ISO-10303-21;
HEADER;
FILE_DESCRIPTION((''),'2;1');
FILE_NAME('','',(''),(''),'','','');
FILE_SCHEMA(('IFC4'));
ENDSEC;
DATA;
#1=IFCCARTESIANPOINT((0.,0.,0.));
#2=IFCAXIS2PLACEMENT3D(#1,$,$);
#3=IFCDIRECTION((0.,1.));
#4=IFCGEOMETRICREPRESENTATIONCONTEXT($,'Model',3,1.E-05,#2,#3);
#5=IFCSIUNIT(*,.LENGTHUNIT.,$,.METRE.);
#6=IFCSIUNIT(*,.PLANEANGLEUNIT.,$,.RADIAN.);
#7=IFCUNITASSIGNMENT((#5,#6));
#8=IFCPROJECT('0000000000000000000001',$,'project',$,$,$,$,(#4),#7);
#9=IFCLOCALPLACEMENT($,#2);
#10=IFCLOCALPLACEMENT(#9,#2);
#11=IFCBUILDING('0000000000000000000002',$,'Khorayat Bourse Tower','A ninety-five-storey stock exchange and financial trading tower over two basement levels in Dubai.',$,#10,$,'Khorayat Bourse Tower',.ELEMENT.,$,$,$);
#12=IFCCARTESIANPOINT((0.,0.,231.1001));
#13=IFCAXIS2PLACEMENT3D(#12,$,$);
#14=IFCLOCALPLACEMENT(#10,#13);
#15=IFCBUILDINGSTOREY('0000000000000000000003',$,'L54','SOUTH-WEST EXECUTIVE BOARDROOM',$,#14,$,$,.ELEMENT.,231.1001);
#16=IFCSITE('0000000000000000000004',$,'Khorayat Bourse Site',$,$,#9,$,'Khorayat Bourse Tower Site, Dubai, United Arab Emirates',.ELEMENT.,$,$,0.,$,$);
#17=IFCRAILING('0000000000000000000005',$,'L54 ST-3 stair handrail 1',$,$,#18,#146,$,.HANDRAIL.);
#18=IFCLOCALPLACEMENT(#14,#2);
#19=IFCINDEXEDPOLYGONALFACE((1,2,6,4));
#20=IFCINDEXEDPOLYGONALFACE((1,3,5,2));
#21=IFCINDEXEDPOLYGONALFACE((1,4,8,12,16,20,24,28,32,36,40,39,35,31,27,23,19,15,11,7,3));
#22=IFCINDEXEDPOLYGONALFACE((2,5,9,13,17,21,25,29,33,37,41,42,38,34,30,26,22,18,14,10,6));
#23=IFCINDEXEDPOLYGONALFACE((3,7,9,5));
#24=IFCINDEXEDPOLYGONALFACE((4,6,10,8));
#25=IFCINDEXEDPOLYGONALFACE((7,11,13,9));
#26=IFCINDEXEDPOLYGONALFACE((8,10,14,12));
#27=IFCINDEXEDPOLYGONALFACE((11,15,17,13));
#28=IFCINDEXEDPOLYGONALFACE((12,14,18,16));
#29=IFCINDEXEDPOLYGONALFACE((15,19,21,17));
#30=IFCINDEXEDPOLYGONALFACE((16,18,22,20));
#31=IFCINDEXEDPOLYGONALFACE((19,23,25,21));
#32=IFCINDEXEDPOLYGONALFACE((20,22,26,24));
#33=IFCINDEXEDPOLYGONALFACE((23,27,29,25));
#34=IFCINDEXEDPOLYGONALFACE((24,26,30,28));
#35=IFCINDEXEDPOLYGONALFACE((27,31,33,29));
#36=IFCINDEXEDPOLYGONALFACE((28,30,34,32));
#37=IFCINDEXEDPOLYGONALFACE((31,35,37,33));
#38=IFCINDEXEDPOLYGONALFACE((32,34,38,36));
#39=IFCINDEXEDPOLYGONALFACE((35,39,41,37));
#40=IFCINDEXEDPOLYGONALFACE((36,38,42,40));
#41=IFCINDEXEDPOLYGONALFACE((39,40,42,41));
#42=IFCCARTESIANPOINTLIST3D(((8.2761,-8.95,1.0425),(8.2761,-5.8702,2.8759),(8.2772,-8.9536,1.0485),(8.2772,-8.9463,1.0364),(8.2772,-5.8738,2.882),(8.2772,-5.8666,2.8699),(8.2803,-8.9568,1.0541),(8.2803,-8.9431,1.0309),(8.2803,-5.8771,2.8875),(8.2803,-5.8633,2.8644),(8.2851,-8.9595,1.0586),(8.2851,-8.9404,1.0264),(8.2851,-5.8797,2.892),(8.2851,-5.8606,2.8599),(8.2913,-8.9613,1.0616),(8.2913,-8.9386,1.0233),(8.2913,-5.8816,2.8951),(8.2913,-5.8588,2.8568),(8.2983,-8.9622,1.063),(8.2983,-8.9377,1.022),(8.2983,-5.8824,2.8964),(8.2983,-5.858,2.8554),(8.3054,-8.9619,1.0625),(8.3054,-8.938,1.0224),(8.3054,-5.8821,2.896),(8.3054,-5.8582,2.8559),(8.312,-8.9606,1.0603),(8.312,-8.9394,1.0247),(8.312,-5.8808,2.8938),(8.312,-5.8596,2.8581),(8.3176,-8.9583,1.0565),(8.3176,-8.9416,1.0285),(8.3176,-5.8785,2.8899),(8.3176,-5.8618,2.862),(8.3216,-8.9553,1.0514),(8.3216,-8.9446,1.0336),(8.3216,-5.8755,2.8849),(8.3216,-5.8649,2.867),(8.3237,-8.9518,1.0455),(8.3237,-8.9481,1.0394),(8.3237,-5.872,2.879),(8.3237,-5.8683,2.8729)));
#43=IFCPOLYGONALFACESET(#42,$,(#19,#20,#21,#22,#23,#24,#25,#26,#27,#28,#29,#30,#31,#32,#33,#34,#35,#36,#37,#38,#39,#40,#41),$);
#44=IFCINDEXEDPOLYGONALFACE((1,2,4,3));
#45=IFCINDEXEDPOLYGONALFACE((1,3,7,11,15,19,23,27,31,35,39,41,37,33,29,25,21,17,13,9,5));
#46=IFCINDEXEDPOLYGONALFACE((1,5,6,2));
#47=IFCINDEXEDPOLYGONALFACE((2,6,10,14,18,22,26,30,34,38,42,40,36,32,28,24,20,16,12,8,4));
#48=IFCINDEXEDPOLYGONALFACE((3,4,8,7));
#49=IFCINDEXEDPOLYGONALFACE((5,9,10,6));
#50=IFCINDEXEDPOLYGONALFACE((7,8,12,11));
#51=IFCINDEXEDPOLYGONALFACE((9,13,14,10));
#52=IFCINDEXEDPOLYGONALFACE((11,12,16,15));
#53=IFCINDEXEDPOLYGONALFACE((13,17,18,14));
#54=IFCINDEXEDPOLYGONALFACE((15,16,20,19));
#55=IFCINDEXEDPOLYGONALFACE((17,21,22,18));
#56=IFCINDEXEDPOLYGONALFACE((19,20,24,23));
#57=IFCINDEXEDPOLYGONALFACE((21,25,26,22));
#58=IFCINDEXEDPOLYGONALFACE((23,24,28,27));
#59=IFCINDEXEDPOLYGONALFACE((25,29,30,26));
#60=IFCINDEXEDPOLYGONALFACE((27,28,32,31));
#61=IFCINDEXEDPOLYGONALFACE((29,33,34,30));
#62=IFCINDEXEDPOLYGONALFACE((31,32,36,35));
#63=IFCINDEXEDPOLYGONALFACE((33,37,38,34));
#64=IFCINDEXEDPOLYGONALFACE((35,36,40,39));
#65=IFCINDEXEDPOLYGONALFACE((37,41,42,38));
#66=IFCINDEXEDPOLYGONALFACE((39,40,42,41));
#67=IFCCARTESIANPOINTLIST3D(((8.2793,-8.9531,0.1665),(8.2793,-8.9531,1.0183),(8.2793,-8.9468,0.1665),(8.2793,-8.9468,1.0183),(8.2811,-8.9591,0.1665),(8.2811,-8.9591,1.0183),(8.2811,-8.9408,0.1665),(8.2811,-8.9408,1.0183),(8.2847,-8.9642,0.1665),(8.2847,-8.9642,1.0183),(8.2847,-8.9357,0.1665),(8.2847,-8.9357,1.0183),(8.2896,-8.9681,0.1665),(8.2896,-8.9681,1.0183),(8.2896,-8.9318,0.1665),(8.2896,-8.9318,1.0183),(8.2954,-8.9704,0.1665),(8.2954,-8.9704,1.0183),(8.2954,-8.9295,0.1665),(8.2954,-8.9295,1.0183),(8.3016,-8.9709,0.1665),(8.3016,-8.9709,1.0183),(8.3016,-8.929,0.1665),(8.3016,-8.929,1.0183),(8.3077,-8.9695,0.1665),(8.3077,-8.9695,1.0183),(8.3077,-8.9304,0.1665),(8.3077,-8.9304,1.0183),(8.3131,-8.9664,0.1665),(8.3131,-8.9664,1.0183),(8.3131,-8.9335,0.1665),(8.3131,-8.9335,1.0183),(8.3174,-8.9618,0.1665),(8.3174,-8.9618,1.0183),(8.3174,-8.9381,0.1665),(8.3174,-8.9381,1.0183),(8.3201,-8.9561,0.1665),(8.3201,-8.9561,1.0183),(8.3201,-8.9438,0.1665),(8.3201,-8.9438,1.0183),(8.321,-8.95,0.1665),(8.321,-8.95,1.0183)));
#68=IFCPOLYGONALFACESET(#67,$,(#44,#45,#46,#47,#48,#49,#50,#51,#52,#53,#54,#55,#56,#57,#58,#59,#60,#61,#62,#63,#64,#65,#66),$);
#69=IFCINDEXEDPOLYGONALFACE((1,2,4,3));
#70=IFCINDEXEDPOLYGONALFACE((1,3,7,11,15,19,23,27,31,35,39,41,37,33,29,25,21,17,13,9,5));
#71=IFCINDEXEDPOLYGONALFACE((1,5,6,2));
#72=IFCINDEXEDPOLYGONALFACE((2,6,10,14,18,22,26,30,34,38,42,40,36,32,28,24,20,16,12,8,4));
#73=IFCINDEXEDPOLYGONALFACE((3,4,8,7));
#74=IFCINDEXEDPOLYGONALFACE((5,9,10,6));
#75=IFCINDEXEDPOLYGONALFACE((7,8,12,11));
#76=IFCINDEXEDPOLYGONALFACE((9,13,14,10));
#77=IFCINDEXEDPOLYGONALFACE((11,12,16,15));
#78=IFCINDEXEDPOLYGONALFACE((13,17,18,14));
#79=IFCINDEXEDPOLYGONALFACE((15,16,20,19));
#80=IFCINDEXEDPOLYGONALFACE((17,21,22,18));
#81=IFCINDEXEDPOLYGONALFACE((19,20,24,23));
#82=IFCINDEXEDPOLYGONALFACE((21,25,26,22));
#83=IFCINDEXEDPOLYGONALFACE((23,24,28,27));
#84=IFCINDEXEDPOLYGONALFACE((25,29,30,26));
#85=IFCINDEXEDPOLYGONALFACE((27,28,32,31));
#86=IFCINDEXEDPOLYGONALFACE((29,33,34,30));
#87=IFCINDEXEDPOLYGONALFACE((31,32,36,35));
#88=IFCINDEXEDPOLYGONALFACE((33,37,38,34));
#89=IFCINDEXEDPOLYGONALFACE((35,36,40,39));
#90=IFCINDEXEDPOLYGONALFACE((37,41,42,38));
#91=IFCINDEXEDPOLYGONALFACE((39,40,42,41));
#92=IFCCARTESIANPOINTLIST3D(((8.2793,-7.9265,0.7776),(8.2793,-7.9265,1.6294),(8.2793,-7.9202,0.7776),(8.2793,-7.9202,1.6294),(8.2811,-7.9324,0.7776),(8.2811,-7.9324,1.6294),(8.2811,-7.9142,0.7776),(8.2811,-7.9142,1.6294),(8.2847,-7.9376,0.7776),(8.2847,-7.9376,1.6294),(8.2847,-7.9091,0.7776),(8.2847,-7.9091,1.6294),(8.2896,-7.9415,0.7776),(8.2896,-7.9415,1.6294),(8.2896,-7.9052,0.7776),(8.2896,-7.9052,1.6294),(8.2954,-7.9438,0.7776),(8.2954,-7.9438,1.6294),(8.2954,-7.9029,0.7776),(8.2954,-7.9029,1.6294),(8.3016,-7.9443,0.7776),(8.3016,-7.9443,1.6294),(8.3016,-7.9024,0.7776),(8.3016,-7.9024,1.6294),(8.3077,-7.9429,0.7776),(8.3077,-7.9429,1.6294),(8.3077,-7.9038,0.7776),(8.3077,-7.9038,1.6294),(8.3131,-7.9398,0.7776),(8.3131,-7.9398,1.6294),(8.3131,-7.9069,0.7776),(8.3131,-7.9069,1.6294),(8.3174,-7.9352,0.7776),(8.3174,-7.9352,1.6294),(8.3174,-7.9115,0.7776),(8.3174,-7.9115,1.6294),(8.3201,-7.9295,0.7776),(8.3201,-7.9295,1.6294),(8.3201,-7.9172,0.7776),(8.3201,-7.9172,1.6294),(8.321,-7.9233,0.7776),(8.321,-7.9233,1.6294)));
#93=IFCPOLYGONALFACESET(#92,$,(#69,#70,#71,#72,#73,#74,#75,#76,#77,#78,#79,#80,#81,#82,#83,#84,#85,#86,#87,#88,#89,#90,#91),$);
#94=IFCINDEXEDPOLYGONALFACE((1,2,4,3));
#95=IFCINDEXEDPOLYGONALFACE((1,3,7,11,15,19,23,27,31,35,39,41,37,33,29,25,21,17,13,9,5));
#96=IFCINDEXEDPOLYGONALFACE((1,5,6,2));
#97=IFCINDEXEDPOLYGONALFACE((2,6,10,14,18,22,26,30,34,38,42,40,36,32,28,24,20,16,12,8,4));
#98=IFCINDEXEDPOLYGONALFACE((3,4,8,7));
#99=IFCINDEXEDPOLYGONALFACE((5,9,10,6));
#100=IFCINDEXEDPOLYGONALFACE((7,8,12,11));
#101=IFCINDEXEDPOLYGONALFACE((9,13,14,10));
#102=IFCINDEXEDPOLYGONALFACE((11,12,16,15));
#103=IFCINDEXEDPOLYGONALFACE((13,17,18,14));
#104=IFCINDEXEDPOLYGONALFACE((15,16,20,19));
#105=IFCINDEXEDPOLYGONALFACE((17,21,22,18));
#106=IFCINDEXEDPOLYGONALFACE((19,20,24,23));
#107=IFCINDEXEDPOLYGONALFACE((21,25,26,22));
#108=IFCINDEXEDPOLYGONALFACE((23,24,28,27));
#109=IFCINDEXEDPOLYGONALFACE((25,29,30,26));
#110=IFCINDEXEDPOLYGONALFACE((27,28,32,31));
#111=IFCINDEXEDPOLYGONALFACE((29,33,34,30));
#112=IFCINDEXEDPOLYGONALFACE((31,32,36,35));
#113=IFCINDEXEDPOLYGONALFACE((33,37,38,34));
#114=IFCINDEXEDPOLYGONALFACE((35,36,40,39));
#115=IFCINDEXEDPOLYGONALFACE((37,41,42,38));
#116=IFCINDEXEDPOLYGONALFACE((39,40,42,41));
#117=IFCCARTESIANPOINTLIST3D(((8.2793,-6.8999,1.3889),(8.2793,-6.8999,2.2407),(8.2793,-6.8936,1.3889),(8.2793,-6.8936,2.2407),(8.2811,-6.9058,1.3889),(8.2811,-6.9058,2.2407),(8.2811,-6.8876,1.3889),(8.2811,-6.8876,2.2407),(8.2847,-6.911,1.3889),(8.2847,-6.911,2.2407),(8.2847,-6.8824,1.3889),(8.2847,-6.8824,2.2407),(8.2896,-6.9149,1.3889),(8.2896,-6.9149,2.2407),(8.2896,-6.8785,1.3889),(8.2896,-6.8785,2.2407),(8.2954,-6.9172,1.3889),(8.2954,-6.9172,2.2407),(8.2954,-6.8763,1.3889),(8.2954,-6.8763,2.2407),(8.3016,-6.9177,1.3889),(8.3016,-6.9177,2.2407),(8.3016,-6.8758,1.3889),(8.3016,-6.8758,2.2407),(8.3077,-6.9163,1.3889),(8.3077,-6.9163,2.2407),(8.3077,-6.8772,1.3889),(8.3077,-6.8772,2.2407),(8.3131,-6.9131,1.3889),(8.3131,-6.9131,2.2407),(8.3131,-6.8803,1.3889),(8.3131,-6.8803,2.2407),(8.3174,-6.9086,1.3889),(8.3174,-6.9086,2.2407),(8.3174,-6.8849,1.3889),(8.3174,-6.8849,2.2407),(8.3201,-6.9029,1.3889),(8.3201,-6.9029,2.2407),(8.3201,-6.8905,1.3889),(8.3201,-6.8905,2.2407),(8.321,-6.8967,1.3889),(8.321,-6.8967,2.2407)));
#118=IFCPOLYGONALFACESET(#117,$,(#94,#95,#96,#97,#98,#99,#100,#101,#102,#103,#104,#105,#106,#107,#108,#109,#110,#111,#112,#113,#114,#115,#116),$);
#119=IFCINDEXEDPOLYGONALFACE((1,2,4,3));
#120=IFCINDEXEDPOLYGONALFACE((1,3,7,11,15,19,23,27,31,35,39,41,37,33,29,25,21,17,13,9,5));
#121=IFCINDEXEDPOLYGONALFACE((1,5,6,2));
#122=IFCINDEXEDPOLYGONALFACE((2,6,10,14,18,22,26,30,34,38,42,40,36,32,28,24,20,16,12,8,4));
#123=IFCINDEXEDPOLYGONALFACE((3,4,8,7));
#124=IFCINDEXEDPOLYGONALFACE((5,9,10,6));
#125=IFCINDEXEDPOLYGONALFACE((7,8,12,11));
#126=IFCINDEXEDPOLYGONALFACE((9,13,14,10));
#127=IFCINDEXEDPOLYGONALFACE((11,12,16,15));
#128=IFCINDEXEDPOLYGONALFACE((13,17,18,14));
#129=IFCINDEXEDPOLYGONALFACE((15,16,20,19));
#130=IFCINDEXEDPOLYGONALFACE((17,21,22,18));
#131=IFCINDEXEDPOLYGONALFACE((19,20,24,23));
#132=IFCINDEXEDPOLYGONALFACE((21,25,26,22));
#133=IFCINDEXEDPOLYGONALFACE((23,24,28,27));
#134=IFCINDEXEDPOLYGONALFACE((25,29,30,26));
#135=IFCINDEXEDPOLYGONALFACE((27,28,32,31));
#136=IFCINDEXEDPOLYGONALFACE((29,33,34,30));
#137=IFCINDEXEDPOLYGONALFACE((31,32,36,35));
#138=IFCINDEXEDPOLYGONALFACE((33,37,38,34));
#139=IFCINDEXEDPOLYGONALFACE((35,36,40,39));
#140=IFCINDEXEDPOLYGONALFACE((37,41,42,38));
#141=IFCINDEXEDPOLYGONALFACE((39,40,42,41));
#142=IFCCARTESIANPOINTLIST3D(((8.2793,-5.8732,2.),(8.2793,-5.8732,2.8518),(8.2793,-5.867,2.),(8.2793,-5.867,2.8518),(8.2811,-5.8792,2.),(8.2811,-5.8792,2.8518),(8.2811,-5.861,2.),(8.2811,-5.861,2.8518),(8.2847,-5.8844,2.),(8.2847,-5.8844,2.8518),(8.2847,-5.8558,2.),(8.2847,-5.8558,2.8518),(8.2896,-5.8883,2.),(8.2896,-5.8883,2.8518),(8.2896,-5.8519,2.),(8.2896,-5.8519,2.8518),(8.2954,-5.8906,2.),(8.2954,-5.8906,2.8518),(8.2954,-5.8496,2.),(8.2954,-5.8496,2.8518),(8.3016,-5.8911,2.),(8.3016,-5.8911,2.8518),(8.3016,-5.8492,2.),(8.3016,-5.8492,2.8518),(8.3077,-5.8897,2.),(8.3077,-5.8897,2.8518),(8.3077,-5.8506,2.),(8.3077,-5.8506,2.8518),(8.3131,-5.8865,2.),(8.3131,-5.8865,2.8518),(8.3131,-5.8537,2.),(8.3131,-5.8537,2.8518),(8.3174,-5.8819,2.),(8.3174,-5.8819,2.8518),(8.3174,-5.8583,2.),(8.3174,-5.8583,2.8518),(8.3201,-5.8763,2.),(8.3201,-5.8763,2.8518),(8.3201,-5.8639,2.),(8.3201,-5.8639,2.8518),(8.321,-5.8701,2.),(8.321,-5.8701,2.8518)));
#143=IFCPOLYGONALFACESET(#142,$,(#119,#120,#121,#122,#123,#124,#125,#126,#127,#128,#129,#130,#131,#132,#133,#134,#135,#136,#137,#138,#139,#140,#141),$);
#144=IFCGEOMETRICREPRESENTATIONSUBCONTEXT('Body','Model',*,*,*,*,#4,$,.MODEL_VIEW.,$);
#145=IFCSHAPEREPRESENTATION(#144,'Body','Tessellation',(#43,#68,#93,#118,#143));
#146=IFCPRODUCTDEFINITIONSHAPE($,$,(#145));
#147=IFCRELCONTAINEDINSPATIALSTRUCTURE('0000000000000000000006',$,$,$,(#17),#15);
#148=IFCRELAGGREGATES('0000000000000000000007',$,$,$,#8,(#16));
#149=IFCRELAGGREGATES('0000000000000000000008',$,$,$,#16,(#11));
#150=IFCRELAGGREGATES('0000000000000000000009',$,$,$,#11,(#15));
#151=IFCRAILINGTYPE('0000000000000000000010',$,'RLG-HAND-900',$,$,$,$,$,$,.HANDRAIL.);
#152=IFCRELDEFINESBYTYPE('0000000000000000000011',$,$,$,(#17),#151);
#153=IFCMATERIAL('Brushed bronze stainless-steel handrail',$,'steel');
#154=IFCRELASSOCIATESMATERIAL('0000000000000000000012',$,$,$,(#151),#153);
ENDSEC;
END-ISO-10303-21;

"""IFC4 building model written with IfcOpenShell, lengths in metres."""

from ifc_helpers import new_model, si_unit, direction, frame, origin, origin_2d, place, context, subcontext, project, spatial, circle, extrude, source, transform, mapped, material, type_object, element, save


model = new_model("IFC4")

# Units and contexts
model_context = context("Model", 3, precision=1e-05, world=origin(), true_north=direction((0.0, 1.0)))
body_context = subcontext(model_context, "Body", "Model", "MODEL_VIEW")
ifc_project = project(units=[si_unit("LENGTHUNIT", "METRE"), si_unit("PLANEANGLEUNIT", "RADIAN")], contexts=[model_context])

# Site, building, storey
site_placement = place(None, origin())
site = spatial("IfcSite", under=ifc_project, at=site_placement, Name="Khorayat Bourse Site", LongName="Khorayat Bourse Tower Site, Dubai, United Arab Emirates", CompositionType="ELEMENT", RefElevation=0.0)
building_placement = place(site_placement, origin())
building = spatial("IfcBuilding", under=site, at=building_placement, Name="Khorayat Bourse Tower", Description="A ninety-five-storey stock exchange and financial trading tower over two basement levels in Dubai.", LongName="Khorayat Bourse Tower", CompositionType="ELEMENT")
storey_placement = place(building_placement, frame((0.0, 0.0, 231.1001)))
storey = spatial("IfcBuildingStorey", under=building, at=storey_placement, Name="L54", Description="SOUTH-WEST EXECUTIVE BOARDROOM", CompositionType="ELEMENT", Elevation=231.1001)

# Railing
ifc_material_1 = material(Name="Brushed bronze stainless-steel handrail", Category="steel")
railing_type_1 = type_object("IfcRailingType", Name="RLG-HAND-900", PredefinedType="HANDRAIL", material=ifc_material_1)
shared_shape_1 = source(origin(), body_context, "Body", "SweptSolid", [
    extrude(circle(Radius=0.0239, at=origin_2d()), frame((0.0, 0.0, 0.876), z_axis=(0.0, 0.859261, 0.511538), x_axis=(-1.0, 0.0, 0.0)), (0.0, 0.0, 1.0), 3.5842),
    extrude(circle(Radius=0.021, at=origin_2d()), origin(), (0.0, 0.0, 1.0), 0.8518),
    extrude(circle(Radius=0.021, at=origin_2d()), frame((0.0, 1.0266, 0.6111)), (0.0, 0.0, 1.0), 0.8518),
    extrude(circle(Radius=0.021, at=origin_2d()), frame((0.0, 2.0532, 1.2224)), (0.0, 0.0, 1.0), 0.8518),
    extrude(circle(Radius=0.021, at=origin_2d()), frame((0.0, 3.0798, 1.8335)), (0.0, 0.0, 1.0), 0.8518),
])
railing_1_placement = place(storey_placement, frame((8.3, -8.95, 0.1665)))
element("IfcRailing", 1, at=railing_1_placement, inside=storey, type_object=railing_type_1, Name="L54 ST-3 stair handrail 1", PredefinedType="HANDRAIL", context=body_context, shape_type="MappedRepresentation", body=[
    mapped(shared_shape_1, transform((0.0, 0.0, 0.0), scale=1.0)),
])

save(model, "model.ifc")
